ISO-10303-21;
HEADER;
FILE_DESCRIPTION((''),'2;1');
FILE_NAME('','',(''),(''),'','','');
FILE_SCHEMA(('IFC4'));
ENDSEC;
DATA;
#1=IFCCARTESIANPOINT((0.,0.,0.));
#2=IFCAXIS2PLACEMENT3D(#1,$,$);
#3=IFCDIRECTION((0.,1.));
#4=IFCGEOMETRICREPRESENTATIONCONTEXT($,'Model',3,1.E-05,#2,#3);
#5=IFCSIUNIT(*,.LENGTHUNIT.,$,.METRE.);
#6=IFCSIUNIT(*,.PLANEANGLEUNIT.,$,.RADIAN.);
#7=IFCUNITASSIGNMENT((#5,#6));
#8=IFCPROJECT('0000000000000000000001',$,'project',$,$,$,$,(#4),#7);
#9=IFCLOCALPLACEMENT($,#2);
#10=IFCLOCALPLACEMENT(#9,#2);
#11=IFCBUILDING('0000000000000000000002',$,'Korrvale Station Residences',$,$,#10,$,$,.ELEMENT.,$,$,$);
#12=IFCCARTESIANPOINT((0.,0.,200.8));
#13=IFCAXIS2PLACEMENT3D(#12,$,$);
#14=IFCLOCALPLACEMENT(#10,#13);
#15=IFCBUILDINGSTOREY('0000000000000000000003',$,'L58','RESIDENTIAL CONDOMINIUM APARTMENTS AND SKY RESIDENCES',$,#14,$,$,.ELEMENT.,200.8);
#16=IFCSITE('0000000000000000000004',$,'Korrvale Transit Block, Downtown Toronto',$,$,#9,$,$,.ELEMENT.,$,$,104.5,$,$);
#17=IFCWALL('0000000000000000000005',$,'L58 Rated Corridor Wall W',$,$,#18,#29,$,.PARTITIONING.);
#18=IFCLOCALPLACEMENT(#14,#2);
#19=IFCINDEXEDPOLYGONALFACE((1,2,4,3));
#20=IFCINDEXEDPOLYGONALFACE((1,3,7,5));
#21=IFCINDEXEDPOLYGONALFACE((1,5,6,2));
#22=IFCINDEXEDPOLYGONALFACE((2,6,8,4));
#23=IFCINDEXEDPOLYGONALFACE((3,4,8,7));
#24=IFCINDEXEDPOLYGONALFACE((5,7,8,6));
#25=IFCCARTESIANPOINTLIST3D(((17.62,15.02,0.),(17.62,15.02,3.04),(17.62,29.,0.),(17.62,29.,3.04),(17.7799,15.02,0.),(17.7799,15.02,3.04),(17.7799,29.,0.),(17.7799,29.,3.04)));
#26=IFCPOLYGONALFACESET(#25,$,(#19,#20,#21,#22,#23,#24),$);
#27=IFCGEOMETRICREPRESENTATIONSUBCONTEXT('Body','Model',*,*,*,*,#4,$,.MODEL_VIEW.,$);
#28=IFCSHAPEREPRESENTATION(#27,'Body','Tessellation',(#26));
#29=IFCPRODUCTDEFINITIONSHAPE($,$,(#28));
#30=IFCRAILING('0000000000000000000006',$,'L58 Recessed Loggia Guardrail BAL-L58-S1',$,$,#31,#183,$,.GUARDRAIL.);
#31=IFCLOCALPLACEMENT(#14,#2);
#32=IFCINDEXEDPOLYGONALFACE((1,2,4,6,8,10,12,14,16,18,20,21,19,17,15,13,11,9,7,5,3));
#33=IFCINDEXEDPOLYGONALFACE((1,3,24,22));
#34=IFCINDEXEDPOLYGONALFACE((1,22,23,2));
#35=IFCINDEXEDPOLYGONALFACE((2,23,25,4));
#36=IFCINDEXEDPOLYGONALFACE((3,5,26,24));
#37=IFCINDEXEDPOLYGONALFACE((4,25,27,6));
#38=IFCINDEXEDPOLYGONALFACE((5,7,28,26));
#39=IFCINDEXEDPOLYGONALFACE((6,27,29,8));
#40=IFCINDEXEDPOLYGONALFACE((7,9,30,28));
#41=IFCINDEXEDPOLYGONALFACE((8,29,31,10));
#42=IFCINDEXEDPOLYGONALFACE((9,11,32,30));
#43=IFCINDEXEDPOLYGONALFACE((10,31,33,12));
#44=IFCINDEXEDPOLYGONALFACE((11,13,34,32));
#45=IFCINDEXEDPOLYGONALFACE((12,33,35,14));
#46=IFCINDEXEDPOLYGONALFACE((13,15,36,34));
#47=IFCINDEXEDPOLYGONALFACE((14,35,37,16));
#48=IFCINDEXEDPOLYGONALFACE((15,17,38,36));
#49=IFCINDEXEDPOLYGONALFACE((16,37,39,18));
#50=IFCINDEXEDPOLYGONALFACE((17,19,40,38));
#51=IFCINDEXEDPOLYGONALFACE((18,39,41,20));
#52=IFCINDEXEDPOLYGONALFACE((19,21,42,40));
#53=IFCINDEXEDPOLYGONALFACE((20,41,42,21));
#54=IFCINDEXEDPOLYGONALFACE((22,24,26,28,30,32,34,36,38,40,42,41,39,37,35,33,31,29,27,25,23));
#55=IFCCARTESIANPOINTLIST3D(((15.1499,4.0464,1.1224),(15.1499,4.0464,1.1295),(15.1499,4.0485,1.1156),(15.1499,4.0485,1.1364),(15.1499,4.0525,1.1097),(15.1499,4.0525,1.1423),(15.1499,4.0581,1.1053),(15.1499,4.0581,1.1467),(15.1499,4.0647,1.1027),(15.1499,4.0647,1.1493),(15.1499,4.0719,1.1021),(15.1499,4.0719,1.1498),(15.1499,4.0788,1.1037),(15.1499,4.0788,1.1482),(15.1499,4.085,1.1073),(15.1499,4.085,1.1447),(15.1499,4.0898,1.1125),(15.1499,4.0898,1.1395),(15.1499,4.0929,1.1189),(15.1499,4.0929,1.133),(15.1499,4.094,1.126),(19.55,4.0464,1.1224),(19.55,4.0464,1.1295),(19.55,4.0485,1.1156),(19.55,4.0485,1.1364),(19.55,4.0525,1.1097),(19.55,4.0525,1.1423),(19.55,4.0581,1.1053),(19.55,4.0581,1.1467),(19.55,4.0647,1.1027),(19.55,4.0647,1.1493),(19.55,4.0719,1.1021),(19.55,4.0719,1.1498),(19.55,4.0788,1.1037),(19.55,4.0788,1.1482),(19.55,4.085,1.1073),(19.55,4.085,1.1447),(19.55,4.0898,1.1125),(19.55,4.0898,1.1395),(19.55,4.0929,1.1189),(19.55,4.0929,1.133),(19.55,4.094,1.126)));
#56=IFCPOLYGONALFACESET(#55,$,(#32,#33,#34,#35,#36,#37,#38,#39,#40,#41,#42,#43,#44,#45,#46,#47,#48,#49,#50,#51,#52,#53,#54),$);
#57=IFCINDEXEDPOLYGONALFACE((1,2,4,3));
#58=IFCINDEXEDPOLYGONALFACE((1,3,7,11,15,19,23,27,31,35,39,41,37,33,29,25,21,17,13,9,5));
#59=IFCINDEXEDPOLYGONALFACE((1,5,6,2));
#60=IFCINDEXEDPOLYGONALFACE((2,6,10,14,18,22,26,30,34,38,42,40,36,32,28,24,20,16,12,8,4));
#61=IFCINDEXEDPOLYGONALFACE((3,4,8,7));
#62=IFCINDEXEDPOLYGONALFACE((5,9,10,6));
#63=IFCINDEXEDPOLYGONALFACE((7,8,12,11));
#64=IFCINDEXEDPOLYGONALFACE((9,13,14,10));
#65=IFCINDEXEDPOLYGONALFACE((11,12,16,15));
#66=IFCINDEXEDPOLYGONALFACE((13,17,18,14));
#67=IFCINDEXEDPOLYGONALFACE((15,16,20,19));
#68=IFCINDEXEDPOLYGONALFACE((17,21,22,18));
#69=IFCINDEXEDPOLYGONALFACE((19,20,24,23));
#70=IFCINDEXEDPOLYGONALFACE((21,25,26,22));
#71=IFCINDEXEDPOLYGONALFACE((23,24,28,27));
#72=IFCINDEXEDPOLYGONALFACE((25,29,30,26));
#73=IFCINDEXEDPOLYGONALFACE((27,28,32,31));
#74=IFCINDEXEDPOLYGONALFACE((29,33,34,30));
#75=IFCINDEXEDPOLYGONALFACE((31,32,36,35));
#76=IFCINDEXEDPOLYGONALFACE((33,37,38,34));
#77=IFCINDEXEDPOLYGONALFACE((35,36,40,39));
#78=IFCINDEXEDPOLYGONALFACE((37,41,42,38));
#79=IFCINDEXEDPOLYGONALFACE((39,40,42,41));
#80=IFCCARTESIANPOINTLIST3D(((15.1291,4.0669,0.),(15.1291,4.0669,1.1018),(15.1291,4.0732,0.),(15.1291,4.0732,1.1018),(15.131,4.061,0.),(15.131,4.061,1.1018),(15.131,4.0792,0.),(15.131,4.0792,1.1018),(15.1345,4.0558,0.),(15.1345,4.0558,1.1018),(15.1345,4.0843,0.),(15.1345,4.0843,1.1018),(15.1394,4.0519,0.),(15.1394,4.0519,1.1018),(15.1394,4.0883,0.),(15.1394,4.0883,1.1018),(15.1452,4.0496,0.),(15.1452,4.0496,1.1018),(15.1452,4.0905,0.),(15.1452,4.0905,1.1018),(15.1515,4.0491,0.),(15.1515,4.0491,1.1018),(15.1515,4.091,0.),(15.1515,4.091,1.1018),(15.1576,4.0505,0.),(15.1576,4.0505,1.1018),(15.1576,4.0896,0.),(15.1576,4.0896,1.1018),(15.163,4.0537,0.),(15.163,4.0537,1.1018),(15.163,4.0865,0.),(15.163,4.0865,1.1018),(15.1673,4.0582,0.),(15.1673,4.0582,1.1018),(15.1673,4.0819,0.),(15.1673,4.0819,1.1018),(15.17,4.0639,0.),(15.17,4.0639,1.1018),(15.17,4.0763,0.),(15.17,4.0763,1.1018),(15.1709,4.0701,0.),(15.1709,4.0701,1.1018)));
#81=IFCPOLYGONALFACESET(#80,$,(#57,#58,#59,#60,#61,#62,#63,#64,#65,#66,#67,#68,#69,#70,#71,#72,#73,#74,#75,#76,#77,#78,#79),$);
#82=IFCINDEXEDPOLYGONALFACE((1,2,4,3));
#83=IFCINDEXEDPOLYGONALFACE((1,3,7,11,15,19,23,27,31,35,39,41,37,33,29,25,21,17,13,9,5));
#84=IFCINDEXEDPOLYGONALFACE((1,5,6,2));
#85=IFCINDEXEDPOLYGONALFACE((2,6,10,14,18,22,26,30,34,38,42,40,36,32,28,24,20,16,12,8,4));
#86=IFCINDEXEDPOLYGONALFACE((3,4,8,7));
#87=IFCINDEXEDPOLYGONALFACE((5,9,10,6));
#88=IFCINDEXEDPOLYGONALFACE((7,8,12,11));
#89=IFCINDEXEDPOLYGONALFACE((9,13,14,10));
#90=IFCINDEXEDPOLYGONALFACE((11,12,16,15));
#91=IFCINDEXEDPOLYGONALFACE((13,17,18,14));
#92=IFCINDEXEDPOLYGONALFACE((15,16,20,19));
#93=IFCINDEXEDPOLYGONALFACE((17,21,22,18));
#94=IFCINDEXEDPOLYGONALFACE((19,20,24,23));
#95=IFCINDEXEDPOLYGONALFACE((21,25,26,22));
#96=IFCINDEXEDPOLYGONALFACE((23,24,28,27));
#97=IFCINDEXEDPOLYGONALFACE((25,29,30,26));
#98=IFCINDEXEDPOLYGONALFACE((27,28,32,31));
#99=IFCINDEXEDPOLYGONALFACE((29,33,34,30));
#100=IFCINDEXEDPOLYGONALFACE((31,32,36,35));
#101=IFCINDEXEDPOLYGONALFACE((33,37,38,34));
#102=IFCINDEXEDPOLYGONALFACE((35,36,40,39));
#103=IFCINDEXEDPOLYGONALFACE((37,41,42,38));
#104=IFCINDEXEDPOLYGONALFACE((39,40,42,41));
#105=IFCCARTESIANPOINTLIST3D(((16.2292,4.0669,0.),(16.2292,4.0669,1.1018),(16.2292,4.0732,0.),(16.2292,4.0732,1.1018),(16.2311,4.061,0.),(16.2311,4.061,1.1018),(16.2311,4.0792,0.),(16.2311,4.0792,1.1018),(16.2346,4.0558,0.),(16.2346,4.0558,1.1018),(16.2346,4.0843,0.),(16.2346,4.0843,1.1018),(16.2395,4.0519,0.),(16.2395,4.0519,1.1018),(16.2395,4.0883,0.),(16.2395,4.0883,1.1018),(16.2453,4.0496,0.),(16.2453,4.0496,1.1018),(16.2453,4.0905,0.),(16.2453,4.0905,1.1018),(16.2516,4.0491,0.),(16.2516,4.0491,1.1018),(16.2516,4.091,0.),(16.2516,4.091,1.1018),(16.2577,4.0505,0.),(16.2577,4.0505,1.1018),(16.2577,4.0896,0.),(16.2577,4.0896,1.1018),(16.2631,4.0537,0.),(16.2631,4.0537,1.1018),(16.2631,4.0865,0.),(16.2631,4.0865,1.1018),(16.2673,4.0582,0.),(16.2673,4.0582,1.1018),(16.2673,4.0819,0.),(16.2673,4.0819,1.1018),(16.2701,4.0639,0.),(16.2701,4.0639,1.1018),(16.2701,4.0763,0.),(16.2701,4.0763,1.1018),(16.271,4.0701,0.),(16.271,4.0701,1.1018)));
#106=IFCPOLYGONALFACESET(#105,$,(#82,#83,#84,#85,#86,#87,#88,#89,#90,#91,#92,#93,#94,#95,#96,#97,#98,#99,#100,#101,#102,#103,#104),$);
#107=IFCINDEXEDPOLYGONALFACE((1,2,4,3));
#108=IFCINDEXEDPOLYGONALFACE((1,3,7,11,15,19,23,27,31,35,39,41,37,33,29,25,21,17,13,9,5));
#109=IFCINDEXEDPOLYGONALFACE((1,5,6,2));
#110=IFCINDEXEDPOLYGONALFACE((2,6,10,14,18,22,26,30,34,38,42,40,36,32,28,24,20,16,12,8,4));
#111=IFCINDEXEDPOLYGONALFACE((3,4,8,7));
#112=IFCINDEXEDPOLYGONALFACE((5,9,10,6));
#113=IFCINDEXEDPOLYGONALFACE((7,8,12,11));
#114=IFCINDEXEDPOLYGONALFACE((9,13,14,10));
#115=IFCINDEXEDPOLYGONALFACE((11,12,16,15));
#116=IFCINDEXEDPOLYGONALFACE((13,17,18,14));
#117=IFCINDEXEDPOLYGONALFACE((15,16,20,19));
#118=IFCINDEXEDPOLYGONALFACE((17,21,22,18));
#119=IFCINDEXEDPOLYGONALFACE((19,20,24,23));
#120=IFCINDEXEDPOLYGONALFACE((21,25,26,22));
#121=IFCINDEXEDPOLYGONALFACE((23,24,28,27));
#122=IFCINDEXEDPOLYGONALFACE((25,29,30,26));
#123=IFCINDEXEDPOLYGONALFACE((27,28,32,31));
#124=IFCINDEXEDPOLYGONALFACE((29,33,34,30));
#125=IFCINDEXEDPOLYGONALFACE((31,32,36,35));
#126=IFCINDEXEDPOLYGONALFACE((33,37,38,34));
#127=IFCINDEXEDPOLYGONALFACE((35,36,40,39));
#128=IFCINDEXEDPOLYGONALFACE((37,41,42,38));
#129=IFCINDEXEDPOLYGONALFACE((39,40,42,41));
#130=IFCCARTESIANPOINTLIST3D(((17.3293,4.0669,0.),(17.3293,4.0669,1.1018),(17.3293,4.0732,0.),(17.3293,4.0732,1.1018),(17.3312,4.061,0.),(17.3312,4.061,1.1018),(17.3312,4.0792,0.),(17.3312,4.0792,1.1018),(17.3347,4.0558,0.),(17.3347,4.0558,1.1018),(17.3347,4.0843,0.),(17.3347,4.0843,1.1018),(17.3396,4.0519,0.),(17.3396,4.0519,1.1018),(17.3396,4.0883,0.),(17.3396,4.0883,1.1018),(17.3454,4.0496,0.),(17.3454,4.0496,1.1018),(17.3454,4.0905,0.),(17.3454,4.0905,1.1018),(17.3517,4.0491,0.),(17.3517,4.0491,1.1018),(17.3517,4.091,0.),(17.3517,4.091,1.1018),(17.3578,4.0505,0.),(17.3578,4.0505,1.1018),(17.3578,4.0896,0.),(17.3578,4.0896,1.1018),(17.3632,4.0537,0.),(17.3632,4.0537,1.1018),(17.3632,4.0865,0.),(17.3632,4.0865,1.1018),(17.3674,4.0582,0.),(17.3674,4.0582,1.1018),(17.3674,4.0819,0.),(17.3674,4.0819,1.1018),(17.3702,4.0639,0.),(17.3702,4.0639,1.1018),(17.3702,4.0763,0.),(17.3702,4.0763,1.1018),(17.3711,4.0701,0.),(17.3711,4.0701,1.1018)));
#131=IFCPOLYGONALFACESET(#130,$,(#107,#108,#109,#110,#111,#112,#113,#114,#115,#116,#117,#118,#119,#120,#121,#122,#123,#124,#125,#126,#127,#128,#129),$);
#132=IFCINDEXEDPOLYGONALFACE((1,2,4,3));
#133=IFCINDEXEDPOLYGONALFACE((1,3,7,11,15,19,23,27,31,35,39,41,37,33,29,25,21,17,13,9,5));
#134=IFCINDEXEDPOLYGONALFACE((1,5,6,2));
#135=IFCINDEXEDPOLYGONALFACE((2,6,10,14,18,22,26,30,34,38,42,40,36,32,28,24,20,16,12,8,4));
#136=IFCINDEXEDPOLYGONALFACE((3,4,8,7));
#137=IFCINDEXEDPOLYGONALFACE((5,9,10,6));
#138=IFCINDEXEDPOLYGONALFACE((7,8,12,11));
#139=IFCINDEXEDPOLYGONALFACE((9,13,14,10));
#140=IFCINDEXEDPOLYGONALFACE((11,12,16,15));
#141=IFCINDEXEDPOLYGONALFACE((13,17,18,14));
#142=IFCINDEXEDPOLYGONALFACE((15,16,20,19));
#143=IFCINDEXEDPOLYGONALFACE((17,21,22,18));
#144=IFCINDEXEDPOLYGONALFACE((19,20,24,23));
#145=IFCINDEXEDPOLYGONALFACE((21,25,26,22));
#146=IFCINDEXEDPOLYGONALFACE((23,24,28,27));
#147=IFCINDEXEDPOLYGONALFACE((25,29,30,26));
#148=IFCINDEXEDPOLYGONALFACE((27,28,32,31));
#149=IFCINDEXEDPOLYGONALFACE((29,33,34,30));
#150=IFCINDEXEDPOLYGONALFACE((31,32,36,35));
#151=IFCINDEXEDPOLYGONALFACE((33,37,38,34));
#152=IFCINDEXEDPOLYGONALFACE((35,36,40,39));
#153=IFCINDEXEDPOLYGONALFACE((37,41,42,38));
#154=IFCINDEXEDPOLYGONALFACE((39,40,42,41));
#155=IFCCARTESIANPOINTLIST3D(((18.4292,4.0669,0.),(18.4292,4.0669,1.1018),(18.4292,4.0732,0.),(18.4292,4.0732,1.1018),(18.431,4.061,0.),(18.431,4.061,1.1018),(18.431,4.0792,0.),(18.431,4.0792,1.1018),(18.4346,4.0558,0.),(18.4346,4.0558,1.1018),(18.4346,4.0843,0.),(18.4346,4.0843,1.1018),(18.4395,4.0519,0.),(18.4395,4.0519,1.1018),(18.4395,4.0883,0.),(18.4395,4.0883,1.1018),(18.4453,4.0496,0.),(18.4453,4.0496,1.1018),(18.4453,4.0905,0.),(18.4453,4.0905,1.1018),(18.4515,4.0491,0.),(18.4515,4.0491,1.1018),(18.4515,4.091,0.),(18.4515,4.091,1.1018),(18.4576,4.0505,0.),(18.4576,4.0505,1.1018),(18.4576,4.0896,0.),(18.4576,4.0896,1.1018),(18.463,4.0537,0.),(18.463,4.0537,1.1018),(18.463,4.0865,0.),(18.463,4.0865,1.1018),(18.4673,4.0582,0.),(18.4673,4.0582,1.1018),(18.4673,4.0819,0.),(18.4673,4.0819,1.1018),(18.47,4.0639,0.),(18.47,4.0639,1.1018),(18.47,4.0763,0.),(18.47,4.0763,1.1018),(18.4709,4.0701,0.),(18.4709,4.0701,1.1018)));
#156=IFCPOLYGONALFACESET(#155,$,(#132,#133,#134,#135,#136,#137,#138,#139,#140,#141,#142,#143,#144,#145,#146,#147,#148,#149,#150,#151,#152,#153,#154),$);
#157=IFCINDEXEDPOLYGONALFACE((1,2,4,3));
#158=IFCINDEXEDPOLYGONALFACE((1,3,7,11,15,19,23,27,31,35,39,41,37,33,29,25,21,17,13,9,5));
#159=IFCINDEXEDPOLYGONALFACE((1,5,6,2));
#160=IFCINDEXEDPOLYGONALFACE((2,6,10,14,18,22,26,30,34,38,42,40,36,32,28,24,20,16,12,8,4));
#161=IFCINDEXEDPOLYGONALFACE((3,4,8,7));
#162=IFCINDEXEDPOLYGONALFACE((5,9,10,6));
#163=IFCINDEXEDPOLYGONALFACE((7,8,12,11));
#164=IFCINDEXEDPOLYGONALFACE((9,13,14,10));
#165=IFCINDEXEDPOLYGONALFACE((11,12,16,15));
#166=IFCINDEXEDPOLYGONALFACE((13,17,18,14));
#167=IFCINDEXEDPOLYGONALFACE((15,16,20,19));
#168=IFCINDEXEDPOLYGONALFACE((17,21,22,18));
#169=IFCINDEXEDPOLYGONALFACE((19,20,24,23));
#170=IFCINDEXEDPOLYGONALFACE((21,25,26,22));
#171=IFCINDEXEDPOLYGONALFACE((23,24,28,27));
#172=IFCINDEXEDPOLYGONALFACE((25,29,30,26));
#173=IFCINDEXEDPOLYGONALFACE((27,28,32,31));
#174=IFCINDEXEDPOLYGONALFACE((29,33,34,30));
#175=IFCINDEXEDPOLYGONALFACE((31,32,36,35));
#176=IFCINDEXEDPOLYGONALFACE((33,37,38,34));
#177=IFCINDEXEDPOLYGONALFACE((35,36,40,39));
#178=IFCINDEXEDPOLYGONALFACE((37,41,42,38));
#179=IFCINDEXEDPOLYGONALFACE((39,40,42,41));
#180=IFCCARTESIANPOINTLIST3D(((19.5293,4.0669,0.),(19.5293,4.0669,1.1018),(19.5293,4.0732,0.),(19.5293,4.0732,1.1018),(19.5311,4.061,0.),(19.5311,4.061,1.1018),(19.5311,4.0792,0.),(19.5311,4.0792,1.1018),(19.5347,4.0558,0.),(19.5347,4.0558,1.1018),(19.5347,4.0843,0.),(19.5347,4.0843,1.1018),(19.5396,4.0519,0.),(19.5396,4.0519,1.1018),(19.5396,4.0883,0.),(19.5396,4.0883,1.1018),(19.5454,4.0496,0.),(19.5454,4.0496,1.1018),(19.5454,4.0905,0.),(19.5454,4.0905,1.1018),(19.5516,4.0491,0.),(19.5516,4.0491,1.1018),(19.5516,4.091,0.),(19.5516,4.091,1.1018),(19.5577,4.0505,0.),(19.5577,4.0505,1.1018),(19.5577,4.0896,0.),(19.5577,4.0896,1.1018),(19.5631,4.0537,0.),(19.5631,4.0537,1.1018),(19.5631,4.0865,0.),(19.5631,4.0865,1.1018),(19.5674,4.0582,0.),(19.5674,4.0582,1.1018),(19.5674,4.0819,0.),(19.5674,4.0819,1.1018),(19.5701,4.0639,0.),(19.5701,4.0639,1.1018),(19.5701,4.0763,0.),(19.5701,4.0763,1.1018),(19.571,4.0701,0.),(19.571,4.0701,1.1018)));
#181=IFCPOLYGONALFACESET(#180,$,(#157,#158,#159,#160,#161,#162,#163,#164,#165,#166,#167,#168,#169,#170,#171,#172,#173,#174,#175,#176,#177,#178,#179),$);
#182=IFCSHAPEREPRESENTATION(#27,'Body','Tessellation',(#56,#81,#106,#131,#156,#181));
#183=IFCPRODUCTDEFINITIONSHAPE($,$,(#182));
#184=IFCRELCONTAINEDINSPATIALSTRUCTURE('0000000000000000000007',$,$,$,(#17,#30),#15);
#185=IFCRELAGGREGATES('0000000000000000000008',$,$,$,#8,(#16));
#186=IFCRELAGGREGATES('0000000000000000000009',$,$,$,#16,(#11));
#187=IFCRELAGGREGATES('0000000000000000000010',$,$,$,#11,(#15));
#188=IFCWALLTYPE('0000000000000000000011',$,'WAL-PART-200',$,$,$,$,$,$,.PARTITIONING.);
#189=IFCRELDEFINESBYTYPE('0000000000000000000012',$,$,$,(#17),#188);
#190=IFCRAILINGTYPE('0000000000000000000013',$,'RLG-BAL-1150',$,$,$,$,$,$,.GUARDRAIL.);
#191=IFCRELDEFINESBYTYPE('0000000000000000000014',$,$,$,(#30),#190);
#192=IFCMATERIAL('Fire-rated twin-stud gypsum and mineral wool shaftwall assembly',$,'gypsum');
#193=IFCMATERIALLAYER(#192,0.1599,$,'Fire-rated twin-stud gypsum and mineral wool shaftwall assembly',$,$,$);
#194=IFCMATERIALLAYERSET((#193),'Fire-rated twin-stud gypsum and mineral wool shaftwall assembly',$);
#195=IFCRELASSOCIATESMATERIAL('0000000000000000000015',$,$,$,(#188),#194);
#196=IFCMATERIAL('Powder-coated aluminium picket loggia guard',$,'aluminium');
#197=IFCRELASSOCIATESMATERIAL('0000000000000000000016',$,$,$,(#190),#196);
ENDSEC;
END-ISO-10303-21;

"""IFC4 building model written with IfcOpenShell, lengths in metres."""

from ifc_helpers import new_model, si_unit, direction, frame, frame_2d, origin, origin_2d, place, context, subcontext, project, spatial, rectangle, circle, extrude, material, layer, layer_set, type_object, element, save


model = new_model("IFC4")

# Units and contexts
model_context = context("Model", 3, precision=1e-05, world=origin(), true_north=direction((0.0, 1.0)))
body_context = subcontext(model_context, "Body", "Model", "MODEL_VIEW")
ifc_project = project(units=[si_unit("LENGTHUNIT", "METRE"), si_unit("PLANEANGLEUNIT", "RADIAN")], contexts=[model_context])

# Site, building, storey
site_placement = place(None, origin())
site = spatial("IfcSite", under=ifc_project, at=site_placement, Name="Korrvale Transit Block, Downtown Toronto", CompositionType="ELEMENT", RefElevation=104.5)
building_placement = place(site_placement, origin())
building = spatial("IfcBuilding", under=site, at=building_placement, Name="Korrvale Station Residences", CompositionType="ELEMENT")
storey_placement = place(building_placement, frame((0.0, 0.0, 200.8)))
storey = spatial("IfcBuildingStorey", under=building, at=storey_placement, Name="L58", Description="RESIDENTIAL CONDOMINIUM APARTMENTS AND SKY RESIDENCES", CompositionType="ELEMENT", Elevation=200.8)

# Wall
ifc_material_1 = material(Name="Fire-rated twin-stud gypsum and mineral wool shaftwall assembly", Category="gypsum")
ifc_layer_1 = layer(ifc_material_1, 0.1599, Name="Fire-rated twin-stud gypsum and mineral wool shaftwall assembly")
ifc_layer_set_1 = layer_set([ifc_layer_1], Name="Fire-rated twin-stud gypsum and mineral wool shaftwall assembly")
wall_type_1 = type_object("IfcWallType", Name="WAL-PART-200", PredefinedType="PARTITIONING", material=ifc_layer_set_1)
wall_1_placement = place(storey_placement, frame((17.7, 15.02, 0.0), z_axis=(0.0, 0.0, 1.0), x_axis=(0.0, 1.0, 0.0)))
element("IfcWall", 1, at=wall_1_placement, inside=storey, type_object=wall_type_1, Name="L58 Rated Corridor Wall W", PredefinedType="PARTITIONING", context=body_context, shape_type="SweptSolid", body=[
    extrude(rectangle(XDim=13.98, YDim=0.1599, at=frame_2d((6.99, 0.0))), origin(), (0.0, 0.0, 1.0), 3.04),
])

# Railing
ifc_material_2 = material(Name="Powder-coated aluminium picket loggia guard", Category="aluminium")
railing_type = type_object("IfcRailingType", Name="RLG-BAL-1150", PredefinedType="GUARDRAIL", material=ifc_material_2)
railing_placement = place(storey_placement, frame((15.1499, 4.0701, 0.0)))
element("IfcRailing", 2, at=railing_placement, inside=storey, type_object=railing_type, Name="L58 Recessed Loggia Guardrail BAL-L58-S1", PredefinedType="GUARDRAIL", context=body_context, shape_type="SweptSolid", body=[
    extrude(circle(Radius=0.0239, at=origin_2d()), frame((0.0, 0.0, 1.126), z_axis=(1.0, 0.0, 0.0), x_axis=(0.0, 1.0, 0.0)), (0.0, 0.0, 1.0), 4.4001),
    extrude(circle(Radius=0.021, at=origin_2d()), origin(), (0.0, 0.0, 1.0), 1.1018),
    extrude(circle(Radius=0.021, at=origin_2d()), frame((1.1001, 0.0, 0.0)), (0.0, 0.0, 1.0), 1.1018),
    extrude(circle(Radius=0.021, at=origin_2d()), frame((2.2002, 0.0, 0.0)), (0.0, 0.0, 1.0), 1.1018),
    extrude(circle(Radius=0.021, at=origin_2d()), frame((3.3, 0.0, 0.0)), (0.0, 0.0, 1.0), 1.1018),
    extrude(circle(Radius=0.021, at=origin_2d()), frame((4.4001, 0.0, 0.0)), (0.0, 0.0, 1.0), 1.1018),
])

save(model, "model.ifc")
